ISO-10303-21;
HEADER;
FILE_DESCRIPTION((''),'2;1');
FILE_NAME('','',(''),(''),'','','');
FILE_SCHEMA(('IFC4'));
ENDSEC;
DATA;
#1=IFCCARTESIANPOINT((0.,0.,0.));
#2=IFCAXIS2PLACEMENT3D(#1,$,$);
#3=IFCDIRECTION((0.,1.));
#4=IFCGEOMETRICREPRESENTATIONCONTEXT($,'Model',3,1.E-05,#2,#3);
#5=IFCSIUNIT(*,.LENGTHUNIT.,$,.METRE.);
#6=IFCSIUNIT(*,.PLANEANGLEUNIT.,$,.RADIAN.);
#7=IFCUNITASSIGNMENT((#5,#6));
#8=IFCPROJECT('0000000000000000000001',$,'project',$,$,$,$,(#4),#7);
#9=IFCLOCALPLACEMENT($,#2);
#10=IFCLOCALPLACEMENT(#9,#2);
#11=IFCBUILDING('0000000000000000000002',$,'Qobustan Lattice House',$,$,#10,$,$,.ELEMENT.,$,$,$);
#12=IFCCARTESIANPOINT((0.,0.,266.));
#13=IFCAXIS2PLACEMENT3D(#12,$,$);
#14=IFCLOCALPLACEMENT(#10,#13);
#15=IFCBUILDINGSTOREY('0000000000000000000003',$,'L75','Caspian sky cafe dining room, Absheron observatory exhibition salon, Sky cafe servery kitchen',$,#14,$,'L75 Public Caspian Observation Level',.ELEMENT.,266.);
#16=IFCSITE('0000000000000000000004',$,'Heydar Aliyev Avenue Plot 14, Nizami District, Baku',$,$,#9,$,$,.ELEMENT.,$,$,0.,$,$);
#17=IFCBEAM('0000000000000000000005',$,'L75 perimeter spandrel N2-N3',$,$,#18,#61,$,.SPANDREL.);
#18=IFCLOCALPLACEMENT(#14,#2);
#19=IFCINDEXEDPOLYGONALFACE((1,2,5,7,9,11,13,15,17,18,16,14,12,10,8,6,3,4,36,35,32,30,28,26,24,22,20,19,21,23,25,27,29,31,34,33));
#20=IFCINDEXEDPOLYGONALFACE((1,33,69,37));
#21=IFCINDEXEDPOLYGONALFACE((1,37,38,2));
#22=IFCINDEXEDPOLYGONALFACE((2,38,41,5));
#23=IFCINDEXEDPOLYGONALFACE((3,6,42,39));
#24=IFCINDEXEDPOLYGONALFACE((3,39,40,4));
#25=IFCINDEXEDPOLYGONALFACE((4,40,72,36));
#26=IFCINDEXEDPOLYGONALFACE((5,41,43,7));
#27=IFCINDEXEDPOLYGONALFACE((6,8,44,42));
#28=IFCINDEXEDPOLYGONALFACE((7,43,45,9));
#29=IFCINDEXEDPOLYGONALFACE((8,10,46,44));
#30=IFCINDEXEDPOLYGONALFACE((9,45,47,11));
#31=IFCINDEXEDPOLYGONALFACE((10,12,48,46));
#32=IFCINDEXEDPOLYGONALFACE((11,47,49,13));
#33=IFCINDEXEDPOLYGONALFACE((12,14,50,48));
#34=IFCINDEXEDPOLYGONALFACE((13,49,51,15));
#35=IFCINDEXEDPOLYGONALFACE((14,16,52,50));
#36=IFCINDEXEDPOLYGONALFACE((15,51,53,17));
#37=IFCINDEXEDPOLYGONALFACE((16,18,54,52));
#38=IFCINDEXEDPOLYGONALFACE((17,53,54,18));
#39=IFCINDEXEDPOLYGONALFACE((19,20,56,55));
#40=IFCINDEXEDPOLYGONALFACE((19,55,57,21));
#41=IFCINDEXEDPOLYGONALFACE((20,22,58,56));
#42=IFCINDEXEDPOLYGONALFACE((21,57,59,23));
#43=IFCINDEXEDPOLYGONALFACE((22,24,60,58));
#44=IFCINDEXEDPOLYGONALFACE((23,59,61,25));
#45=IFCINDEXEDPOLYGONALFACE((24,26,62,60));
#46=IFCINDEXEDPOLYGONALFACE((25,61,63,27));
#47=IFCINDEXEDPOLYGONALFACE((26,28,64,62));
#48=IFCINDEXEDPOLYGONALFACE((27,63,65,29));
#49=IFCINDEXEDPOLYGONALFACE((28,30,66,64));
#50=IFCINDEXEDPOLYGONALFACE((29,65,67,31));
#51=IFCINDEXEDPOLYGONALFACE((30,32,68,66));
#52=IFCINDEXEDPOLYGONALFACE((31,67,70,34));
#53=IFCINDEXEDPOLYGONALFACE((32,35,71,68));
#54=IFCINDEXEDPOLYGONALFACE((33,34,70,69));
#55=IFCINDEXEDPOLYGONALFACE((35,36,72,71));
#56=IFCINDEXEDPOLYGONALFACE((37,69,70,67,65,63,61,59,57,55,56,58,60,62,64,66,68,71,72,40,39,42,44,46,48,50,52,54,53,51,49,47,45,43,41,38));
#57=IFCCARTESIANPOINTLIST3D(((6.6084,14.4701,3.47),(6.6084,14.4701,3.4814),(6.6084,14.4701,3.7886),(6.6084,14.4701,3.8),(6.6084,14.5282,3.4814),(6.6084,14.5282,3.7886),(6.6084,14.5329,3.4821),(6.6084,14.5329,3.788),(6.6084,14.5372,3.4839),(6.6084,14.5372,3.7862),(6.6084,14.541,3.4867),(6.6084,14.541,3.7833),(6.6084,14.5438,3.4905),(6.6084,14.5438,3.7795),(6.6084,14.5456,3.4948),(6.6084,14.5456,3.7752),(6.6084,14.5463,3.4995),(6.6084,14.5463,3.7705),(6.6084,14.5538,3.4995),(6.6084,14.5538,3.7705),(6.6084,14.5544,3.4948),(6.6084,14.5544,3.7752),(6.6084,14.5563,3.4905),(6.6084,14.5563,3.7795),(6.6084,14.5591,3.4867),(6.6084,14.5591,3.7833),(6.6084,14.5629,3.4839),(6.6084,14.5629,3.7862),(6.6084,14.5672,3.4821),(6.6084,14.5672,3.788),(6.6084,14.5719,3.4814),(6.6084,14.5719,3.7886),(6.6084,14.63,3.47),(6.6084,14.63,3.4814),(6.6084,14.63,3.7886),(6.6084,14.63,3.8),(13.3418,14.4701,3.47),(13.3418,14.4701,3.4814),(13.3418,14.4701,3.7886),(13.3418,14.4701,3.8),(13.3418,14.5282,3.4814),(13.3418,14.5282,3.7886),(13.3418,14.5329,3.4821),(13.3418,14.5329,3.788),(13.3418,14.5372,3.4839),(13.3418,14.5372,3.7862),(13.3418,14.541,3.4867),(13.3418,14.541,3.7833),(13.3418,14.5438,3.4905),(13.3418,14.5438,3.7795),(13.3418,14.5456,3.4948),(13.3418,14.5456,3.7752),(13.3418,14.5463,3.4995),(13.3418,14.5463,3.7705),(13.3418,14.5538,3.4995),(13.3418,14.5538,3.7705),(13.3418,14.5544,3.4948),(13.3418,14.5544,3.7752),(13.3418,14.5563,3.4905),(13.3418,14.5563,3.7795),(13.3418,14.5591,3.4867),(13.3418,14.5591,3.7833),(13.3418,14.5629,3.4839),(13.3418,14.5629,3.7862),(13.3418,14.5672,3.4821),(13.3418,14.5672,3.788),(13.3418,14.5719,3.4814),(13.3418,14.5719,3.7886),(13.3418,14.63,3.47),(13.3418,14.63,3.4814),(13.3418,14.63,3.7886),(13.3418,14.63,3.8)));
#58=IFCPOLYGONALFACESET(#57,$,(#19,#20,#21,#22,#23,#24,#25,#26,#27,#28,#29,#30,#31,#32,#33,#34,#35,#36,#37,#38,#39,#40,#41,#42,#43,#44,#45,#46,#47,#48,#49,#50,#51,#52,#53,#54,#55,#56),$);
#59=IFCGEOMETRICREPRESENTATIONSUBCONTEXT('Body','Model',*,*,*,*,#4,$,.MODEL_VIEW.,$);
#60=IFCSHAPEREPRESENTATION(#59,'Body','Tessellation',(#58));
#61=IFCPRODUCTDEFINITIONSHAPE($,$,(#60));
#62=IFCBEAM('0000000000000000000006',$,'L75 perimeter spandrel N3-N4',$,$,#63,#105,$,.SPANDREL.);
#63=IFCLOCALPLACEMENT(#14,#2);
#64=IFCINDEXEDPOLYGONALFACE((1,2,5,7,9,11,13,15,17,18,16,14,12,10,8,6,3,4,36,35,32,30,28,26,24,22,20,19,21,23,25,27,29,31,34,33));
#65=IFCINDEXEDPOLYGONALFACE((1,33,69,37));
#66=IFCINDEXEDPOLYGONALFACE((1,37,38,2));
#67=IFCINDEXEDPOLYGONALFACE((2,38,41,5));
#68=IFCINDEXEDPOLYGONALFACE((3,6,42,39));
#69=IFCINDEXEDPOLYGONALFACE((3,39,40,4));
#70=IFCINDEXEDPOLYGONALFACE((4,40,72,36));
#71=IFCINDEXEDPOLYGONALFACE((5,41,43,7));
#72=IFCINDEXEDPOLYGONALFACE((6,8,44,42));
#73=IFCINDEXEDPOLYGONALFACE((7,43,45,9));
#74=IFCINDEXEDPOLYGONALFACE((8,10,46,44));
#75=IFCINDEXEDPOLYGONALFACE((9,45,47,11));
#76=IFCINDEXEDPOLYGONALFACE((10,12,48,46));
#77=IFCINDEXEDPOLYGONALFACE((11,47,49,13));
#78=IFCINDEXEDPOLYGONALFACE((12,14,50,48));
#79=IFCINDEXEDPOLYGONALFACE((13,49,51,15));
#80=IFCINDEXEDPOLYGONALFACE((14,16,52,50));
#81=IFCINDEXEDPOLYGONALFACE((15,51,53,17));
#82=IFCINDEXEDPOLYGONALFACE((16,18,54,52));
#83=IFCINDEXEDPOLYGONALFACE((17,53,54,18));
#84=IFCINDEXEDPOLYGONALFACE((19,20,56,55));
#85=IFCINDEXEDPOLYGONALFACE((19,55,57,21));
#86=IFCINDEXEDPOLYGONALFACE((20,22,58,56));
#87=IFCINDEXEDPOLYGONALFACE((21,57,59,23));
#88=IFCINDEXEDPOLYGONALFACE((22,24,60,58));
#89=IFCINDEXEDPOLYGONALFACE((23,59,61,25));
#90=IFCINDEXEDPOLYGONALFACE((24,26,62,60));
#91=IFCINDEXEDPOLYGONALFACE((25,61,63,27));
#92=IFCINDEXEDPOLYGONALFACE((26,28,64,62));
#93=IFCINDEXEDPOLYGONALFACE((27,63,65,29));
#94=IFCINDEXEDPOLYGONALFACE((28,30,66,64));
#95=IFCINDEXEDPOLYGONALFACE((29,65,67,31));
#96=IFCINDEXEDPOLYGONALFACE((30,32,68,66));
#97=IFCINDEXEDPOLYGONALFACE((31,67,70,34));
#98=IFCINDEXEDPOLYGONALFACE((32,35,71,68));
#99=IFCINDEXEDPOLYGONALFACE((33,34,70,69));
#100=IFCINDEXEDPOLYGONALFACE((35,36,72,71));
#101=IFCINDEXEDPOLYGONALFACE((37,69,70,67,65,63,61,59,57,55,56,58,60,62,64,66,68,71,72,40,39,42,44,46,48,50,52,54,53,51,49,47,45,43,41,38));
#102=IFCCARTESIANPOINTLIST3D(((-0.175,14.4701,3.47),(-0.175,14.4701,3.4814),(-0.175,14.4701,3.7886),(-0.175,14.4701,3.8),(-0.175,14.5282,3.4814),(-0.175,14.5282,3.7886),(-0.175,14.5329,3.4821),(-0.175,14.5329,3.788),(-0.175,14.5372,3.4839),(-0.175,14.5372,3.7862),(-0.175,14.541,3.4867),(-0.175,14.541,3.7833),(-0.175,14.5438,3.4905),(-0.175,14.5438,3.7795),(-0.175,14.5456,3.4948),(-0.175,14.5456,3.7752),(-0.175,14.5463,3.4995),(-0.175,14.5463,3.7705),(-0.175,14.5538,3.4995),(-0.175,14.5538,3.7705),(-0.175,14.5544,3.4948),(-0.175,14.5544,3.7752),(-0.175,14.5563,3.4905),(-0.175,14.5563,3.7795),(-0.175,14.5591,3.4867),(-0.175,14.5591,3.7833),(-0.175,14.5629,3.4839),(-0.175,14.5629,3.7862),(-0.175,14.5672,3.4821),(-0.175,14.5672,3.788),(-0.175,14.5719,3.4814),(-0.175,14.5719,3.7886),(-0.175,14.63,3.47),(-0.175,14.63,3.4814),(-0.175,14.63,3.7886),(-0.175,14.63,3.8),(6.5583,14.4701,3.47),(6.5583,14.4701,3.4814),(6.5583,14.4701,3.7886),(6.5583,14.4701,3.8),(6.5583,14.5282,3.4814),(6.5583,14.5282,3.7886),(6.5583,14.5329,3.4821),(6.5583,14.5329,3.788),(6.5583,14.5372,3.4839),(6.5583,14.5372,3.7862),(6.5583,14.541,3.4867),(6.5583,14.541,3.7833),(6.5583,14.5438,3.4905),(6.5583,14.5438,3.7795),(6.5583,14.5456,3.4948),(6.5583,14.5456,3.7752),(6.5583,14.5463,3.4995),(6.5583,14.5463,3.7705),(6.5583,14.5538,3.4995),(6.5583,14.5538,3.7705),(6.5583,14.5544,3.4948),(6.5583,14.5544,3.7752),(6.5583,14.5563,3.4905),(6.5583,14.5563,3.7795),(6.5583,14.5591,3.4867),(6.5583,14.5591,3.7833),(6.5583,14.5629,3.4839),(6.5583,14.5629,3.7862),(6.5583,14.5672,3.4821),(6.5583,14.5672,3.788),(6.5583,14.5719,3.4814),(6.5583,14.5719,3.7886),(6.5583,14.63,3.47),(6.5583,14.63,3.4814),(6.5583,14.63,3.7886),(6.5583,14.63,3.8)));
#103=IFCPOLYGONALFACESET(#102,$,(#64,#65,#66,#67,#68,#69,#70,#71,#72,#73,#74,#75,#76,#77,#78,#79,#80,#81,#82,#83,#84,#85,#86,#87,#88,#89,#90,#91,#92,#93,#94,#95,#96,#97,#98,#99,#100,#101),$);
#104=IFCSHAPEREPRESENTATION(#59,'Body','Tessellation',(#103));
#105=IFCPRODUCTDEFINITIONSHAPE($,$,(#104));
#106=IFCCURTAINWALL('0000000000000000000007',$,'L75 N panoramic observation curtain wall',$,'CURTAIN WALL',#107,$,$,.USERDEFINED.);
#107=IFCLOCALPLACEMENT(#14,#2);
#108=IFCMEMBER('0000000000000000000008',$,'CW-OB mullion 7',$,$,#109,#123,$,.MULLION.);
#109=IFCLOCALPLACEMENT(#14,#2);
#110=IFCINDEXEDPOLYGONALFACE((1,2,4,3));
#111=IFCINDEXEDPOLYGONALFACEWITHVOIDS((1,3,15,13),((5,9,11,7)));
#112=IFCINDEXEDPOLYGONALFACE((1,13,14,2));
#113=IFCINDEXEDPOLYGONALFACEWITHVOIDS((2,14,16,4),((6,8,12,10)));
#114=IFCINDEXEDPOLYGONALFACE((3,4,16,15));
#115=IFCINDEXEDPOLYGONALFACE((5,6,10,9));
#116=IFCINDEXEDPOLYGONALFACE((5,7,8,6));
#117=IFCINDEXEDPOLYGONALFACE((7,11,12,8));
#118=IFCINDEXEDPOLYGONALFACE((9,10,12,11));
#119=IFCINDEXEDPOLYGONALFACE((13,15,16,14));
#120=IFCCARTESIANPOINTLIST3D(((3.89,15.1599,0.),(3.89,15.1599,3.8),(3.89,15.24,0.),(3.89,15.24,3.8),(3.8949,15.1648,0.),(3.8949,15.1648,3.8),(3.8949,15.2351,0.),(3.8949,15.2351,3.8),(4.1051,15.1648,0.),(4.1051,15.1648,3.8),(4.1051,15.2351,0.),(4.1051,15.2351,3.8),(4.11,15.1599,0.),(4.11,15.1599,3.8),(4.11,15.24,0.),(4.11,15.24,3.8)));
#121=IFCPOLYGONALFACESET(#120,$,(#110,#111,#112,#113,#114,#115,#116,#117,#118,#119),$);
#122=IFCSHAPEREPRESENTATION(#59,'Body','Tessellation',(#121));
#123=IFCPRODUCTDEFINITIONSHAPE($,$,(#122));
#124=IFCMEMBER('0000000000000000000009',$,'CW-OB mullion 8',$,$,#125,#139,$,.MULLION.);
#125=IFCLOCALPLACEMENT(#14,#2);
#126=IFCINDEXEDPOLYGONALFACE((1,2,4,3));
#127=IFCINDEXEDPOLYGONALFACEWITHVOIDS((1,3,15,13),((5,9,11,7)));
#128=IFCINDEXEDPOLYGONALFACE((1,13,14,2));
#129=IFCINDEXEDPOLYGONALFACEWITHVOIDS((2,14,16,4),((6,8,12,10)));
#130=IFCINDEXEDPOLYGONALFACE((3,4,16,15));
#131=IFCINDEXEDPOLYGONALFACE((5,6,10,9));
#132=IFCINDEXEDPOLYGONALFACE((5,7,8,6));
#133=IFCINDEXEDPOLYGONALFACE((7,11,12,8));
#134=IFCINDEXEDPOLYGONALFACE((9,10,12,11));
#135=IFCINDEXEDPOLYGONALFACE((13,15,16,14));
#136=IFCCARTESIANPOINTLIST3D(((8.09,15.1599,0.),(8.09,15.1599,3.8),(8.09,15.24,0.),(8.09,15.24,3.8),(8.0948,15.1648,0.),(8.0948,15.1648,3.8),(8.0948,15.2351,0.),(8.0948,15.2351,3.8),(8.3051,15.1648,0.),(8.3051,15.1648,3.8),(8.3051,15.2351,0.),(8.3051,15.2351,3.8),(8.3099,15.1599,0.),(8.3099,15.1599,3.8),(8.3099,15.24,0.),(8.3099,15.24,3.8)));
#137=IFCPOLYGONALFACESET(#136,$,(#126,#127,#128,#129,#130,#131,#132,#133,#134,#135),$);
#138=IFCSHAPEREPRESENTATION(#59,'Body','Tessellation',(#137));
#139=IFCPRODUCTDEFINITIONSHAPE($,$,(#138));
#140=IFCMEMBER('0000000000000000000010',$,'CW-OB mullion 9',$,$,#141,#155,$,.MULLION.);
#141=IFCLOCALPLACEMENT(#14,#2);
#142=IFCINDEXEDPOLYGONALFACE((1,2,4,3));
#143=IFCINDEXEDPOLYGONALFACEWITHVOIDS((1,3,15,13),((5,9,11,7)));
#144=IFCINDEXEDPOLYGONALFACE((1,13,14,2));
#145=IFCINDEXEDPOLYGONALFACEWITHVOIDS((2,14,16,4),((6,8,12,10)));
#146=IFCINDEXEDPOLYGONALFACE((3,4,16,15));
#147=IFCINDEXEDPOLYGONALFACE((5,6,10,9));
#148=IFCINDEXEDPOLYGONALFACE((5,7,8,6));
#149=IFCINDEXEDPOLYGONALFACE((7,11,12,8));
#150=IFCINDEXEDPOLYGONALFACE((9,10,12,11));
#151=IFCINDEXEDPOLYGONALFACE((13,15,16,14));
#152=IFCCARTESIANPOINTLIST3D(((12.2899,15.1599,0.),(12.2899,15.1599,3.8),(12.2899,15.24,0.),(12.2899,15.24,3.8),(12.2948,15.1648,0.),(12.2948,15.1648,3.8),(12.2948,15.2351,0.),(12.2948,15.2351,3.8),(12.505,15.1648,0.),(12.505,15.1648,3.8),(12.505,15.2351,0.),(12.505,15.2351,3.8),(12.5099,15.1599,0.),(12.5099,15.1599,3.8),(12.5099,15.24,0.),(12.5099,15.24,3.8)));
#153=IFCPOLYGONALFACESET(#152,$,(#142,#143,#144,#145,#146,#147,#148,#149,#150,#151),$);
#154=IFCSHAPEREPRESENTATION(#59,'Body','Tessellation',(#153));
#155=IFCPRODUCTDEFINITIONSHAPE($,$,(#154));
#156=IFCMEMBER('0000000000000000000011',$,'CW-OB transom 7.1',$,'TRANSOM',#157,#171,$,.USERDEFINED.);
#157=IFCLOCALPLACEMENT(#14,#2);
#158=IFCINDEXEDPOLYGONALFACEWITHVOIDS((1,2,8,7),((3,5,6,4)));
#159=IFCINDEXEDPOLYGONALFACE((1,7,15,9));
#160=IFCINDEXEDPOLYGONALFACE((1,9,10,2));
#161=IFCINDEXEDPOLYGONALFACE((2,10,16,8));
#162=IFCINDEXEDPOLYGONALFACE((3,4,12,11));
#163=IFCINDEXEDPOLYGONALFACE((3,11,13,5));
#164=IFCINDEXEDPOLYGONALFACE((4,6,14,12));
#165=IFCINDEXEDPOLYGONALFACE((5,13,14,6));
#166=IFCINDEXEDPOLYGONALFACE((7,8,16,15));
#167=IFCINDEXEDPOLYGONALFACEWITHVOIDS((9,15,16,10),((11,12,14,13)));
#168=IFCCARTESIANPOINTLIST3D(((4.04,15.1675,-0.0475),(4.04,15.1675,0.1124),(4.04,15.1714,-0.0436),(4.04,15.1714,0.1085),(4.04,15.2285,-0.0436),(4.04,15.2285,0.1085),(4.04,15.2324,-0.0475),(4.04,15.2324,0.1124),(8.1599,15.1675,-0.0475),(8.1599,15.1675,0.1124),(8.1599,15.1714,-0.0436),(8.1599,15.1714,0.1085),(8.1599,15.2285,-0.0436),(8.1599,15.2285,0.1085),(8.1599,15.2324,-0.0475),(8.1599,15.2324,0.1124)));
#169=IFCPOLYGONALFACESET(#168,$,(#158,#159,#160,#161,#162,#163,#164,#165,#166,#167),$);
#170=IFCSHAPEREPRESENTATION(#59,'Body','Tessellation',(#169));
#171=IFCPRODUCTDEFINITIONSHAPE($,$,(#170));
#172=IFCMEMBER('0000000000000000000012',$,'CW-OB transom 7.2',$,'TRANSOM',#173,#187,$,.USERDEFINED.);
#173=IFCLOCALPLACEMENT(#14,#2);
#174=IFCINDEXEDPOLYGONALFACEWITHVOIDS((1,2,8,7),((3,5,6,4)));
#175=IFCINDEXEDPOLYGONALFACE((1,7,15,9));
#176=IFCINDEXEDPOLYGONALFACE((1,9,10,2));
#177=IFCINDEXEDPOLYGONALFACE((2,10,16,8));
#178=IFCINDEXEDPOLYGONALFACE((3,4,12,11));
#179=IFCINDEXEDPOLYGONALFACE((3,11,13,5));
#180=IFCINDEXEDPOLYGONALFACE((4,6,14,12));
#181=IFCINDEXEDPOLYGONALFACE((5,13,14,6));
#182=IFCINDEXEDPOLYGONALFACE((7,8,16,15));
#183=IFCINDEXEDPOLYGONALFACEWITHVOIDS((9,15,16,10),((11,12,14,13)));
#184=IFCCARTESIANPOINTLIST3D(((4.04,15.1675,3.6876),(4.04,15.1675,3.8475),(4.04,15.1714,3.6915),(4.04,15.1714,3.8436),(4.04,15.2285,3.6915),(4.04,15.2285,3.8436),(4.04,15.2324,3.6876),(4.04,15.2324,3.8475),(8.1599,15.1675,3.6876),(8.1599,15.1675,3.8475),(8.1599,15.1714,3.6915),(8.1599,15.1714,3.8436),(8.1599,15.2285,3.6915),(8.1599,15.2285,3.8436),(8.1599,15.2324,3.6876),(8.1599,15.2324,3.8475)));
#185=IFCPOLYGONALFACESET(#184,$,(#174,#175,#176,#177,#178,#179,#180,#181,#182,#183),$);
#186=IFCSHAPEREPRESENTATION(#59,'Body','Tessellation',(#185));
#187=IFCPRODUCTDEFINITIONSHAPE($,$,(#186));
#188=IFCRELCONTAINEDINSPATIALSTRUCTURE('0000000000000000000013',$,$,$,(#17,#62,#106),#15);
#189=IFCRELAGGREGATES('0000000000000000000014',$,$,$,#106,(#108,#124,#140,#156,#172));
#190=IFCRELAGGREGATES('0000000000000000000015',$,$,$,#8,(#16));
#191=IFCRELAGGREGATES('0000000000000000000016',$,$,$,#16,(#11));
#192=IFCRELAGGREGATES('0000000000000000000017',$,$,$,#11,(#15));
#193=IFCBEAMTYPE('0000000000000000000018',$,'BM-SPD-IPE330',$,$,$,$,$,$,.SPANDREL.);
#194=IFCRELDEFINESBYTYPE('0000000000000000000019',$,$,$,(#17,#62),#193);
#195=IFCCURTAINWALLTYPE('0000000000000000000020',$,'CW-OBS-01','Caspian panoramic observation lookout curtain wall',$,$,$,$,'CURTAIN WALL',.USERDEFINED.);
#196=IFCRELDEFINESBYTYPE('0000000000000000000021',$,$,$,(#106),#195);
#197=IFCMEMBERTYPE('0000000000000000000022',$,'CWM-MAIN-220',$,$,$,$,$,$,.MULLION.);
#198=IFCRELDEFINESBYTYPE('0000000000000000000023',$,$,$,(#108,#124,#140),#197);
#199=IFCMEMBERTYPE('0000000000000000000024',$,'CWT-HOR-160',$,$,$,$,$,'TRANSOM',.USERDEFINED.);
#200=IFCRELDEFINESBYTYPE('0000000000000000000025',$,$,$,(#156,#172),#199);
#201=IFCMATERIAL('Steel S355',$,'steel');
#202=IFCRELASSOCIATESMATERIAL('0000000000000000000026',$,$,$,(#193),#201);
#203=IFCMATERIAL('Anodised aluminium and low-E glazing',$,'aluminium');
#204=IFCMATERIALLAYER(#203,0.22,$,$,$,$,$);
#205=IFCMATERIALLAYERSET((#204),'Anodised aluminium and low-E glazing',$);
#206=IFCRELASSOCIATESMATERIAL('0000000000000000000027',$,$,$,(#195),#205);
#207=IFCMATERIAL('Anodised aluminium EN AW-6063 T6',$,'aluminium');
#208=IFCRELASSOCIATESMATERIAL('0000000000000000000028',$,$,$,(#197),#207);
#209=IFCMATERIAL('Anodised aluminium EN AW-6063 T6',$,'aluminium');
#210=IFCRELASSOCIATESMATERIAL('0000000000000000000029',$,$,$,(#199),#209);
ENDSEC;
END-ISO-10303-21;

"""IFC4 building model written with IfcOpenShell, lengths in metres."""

from ifc_helpers import new_model, si_unit, direction, frame, origin, origin_2d, place, context, subcontext, project, spatial, hollow_rectangle, i_section, extrude, material, layer, layer_set, material_profile, profile_set, type_object, element, aggregate, save


model = new_model("IFC4")

# Units and contexts
model_context = context("Model", 3, precision=1e-05, world=origin(), true_north=direction((0.0, 1.0)))
body_context = subcontext(model_context, "Body", "Model", "MODEL_VIEW")
ifc_project = project(units=[si_unit("LENGTHUNIT", "METRE"), si_unit("PLANEANGLEUNIT", "RADIAN")], contexts=[model_context])

# Site, building, storey
site_placement = place(None, origin())
site = spatial("IfcSite", under=ifc_project, at=site_placement, Name="Heydar Aliyev Avenue Plot 14, Nizami District, Baku", CompositionType="ELEMENT", RefElevation=0.0)
building_placement = place(site_placement, origin())
building = spatial("IfcBuilding", under=site, at=building_placement, Name="Qobustan Lattice House", CompositionType="ELEMENT")
storey_placement = place(building_placement, frame((0.0, 0.0, 266.0)))
storey = spatial("IfcBuildingStorey", under=building, at=storey_placement, Name="L75", Description="Caspian sky cafe dining room, Absheron observatory exhibition salon, Sky cafe servery kitchen", LongName="L75 Public Caspian Observation Level", CompositionType="ELEMENT", Elevation=266.0)

# Beams
ifc_material_1 = material(Name="Steel S355", Category="steel")
ifc_material_profile_1 = material_profile(ifc_material_1, i_section(OverallWidth=0.1599, OverallDepth=0.3301, WebThickness=0.0076, FlangeThickness=0.0115, FilletRadius=0.0181, at=origin_2d()), Name="IPE330")
ifc_profile_set_1 = profile_set([ifc_material_profile_1], Name="Steel S355")
beam_type_1 = type_object("IfcBeamType", Name="BM-SPD-IPE330", PredefinedType="SPANDREL", material=ifc_profile_set_1)
for number, where, z_axis, x_axis, name in (
    (1, (13.3418, 14.55, 3.635), (-1.0, 0.0, 0.0), (0.0, -1.0, 0.0), "L75 perimeter spandrel N2-N3"),
    (2, (6.5583, 14.55, 3.635), (-1.0, 0.0, 0.0), (0.0, -1.0, 0.0), "L75 perimeter spandrel N3-N4"),
):
    element("IfcBeam", number, at=place(storey_placement, frame(where, z_axis=z_axis, x_axis=x_axis)), inside=storey, type_object=beam_type_1, Name=name, PredefinedType="SPANDREL", context=body_context, shape_type="SweptSolid", body=[
        extrude(i_section(OverallWidth=0.1599, OverallDepth=0.3301, WebThickness=0.0076, FlangeThickness=0.0115, FilletRadius=0.0181, at=origin_2d()), origin(), (0.0, 0.0, 1.0), 6.7334),
    ])

# Curtain wall, members
ifc_material_2 = material(Name="Anodised aluminium and low-E glazing", Category="aluminium")
ifc_layer_1 = layer(ifc_material_2, 0.22)
ifc_layer_set_1 = layer_set([ifc_layer_1], Name="Anodised aluminium and low-E glazing")
curtain_wall_type = type_object("IfcCurtainWallType", Name="CW-OBS-01", Description="Caspian panoramic observation lookout curtain wall", ElementType="CURTAIN WALL", PredefinedType="USERDEFINED", material=ifc_layer_set_1)
curtain_wall_placement = place(storey_placement, origin())
curtain_wall = element("IfcCurtainWall", 3, at=curtain_wall_placement, inside=storey, type_object=curtain_wall_type, Name="L75 N panoramic observation curtain wall", ObjectType="CURTAIN WALL", PredefinedType="USERDEFINED")
ifc_material_3 = material(Name="Anodised aluminium EN AW-6063 T6", Category="aluminium")
ifc_material_profile_2 = material_profile(ifc_material_3, hollow_rectangle(XDim=0.0801, YDim=0.22, WallThickness=0.0049, at=origin_2d()), Name="CWM-220x80")
ifc_profile_set_2 = profile_set([ifc_material_profile_2], Name="Anodised aluminium EN AW-6063 T6")
member_type_1 = type_object("IfcMemberType", Name="CWM-MAIN-220", PredefinedType="MULLION", material=ifc_profile_set_2)
member_1_placement = place(storey_placement, frame((4.0, 15.2, 0.0), z_axis=(0.0, 0.0, 1.0), x_axis=(0.0, 1.0, 0.0)))
member_1 = element("IfcMember", 4, at=member_1_placement, type_object=member_type_1, Name="CW-OB mullion 7", PredefinedType="MULLION", context=body_context, shape_type="SweptSolid", body=[
    extrude(hollow_rectangle(XDim=0.0801, YDim=0.22, WallThickness=0.0049, at=origin_2d()), origin(), (0.0, 0.0, 1.0), 3.8),
])
member_2_placement = place(storey_placement, frame((8.2, 15.2, 0.0), z_axis=(0.0, 0.0, 1.0), x_axis=(0.0, 1.0, 0.0)))
member_2 = element("IfcMember", 5, at=member_2_placement, type_object=member_type_1, Name="CW-OB mullion 8", PredefinedType="MULLION", context=body_context, shape_type="SweptSolid", body=[
    extrude(hollow_rectangle(XDim=0.0801, YDim=0.22, WallThickness=0.0049, at=origin_2d()), origin(), (0.0, 0.0, 1.0), 3.8),
])
member_3_placement = place(storey_placement, frame((12.3999, 15.2, 0.0), z_axis=(0.0, 0.0, 1.0), x_axis=(0.0, 1.0, 0.0)))
member_3 = element("IfcMember", 6, at=member_3_placement, type_object=member_type_1, Name="CW-OB mullion 9", PredefinedType="MULLION", context=body_context, shape_type="SweptSolid", body=[
    extrude(hollow_rectangle(XDim=0.0801, YDim=0.22, WallThickness=0.0049, at=origin_2d()), origin(), (0.0, 0.0, 1.0), 3.8),
])
ifc_material_4 = material(Name="Anodised aluminium EN AW-6063 T6", Category="aluminium")
ifc_material_profile_3 = material_profile(ifc_material_4, hollow_rectangle(XDim=0.0649, YDim=0.1599, WallThickness=0.0039, at=origin_2d()), Name="CWT-160x65")
ifc_profile_set_3 = profile_set([ifc_material_profile_3], Name="Anodised aluminium EN AW-6063 T6")
member_type_2 = type_object("IfcMemberType", Name="CWT-HOR-160", ElementType="TRANSOM", PredefinedType="USERDEFINED", material=ifc_profile_set_3)
member_4_placement = place(storey_placement, frame((4.04, 15.2, 0.0325), z_axis=(1.0, 0.0, 0.0), x_axis=(0.0, 1.0, 0.0)))
member_4 = element("IfcMember", 7, at=member_4_placement, type_object=member_type_2, Name="CW-OB transom 7.1", ObjectType="TRANSOM", PredefinedType="USERDEFINED", context=body_context, shape_type="SweptSolid", body=[
    extrude(hollow_rectangle(XDim=0.0649, YDim=0.1599, WallThickness=0.0039, at=origin_2d()), origin(), (0.0, 0.0, 1.0), 4.1199),
])
member_5_placement = place(storey_placement, frame((4.04, 15.2, 3.7676), z_axis=(1.0, 0.0, 0.0), x_axis=(0.0, 1.0, 0.0)))
member_5 = element("IfcMember", 8, at=member_5_placement, type_object=member_type_2, Name="CW-OB transom 7.2", ObjectType="TRANSOM", PredefinedType="USERDEFINED", context=body_context, shape_type="SweptSolid", body=[
    extrude(hollow_rectangle(XDim=0.0649, YDim=0.1599, WallThickness=0.0039, at=origin_2d()), origin(), (0.0, 0.0, 1.0), 4.1199),
])
aggregate(curtain_wall, [member_1, member_2, member_3, member_4, member_5])

save(model, "model.ifc")
